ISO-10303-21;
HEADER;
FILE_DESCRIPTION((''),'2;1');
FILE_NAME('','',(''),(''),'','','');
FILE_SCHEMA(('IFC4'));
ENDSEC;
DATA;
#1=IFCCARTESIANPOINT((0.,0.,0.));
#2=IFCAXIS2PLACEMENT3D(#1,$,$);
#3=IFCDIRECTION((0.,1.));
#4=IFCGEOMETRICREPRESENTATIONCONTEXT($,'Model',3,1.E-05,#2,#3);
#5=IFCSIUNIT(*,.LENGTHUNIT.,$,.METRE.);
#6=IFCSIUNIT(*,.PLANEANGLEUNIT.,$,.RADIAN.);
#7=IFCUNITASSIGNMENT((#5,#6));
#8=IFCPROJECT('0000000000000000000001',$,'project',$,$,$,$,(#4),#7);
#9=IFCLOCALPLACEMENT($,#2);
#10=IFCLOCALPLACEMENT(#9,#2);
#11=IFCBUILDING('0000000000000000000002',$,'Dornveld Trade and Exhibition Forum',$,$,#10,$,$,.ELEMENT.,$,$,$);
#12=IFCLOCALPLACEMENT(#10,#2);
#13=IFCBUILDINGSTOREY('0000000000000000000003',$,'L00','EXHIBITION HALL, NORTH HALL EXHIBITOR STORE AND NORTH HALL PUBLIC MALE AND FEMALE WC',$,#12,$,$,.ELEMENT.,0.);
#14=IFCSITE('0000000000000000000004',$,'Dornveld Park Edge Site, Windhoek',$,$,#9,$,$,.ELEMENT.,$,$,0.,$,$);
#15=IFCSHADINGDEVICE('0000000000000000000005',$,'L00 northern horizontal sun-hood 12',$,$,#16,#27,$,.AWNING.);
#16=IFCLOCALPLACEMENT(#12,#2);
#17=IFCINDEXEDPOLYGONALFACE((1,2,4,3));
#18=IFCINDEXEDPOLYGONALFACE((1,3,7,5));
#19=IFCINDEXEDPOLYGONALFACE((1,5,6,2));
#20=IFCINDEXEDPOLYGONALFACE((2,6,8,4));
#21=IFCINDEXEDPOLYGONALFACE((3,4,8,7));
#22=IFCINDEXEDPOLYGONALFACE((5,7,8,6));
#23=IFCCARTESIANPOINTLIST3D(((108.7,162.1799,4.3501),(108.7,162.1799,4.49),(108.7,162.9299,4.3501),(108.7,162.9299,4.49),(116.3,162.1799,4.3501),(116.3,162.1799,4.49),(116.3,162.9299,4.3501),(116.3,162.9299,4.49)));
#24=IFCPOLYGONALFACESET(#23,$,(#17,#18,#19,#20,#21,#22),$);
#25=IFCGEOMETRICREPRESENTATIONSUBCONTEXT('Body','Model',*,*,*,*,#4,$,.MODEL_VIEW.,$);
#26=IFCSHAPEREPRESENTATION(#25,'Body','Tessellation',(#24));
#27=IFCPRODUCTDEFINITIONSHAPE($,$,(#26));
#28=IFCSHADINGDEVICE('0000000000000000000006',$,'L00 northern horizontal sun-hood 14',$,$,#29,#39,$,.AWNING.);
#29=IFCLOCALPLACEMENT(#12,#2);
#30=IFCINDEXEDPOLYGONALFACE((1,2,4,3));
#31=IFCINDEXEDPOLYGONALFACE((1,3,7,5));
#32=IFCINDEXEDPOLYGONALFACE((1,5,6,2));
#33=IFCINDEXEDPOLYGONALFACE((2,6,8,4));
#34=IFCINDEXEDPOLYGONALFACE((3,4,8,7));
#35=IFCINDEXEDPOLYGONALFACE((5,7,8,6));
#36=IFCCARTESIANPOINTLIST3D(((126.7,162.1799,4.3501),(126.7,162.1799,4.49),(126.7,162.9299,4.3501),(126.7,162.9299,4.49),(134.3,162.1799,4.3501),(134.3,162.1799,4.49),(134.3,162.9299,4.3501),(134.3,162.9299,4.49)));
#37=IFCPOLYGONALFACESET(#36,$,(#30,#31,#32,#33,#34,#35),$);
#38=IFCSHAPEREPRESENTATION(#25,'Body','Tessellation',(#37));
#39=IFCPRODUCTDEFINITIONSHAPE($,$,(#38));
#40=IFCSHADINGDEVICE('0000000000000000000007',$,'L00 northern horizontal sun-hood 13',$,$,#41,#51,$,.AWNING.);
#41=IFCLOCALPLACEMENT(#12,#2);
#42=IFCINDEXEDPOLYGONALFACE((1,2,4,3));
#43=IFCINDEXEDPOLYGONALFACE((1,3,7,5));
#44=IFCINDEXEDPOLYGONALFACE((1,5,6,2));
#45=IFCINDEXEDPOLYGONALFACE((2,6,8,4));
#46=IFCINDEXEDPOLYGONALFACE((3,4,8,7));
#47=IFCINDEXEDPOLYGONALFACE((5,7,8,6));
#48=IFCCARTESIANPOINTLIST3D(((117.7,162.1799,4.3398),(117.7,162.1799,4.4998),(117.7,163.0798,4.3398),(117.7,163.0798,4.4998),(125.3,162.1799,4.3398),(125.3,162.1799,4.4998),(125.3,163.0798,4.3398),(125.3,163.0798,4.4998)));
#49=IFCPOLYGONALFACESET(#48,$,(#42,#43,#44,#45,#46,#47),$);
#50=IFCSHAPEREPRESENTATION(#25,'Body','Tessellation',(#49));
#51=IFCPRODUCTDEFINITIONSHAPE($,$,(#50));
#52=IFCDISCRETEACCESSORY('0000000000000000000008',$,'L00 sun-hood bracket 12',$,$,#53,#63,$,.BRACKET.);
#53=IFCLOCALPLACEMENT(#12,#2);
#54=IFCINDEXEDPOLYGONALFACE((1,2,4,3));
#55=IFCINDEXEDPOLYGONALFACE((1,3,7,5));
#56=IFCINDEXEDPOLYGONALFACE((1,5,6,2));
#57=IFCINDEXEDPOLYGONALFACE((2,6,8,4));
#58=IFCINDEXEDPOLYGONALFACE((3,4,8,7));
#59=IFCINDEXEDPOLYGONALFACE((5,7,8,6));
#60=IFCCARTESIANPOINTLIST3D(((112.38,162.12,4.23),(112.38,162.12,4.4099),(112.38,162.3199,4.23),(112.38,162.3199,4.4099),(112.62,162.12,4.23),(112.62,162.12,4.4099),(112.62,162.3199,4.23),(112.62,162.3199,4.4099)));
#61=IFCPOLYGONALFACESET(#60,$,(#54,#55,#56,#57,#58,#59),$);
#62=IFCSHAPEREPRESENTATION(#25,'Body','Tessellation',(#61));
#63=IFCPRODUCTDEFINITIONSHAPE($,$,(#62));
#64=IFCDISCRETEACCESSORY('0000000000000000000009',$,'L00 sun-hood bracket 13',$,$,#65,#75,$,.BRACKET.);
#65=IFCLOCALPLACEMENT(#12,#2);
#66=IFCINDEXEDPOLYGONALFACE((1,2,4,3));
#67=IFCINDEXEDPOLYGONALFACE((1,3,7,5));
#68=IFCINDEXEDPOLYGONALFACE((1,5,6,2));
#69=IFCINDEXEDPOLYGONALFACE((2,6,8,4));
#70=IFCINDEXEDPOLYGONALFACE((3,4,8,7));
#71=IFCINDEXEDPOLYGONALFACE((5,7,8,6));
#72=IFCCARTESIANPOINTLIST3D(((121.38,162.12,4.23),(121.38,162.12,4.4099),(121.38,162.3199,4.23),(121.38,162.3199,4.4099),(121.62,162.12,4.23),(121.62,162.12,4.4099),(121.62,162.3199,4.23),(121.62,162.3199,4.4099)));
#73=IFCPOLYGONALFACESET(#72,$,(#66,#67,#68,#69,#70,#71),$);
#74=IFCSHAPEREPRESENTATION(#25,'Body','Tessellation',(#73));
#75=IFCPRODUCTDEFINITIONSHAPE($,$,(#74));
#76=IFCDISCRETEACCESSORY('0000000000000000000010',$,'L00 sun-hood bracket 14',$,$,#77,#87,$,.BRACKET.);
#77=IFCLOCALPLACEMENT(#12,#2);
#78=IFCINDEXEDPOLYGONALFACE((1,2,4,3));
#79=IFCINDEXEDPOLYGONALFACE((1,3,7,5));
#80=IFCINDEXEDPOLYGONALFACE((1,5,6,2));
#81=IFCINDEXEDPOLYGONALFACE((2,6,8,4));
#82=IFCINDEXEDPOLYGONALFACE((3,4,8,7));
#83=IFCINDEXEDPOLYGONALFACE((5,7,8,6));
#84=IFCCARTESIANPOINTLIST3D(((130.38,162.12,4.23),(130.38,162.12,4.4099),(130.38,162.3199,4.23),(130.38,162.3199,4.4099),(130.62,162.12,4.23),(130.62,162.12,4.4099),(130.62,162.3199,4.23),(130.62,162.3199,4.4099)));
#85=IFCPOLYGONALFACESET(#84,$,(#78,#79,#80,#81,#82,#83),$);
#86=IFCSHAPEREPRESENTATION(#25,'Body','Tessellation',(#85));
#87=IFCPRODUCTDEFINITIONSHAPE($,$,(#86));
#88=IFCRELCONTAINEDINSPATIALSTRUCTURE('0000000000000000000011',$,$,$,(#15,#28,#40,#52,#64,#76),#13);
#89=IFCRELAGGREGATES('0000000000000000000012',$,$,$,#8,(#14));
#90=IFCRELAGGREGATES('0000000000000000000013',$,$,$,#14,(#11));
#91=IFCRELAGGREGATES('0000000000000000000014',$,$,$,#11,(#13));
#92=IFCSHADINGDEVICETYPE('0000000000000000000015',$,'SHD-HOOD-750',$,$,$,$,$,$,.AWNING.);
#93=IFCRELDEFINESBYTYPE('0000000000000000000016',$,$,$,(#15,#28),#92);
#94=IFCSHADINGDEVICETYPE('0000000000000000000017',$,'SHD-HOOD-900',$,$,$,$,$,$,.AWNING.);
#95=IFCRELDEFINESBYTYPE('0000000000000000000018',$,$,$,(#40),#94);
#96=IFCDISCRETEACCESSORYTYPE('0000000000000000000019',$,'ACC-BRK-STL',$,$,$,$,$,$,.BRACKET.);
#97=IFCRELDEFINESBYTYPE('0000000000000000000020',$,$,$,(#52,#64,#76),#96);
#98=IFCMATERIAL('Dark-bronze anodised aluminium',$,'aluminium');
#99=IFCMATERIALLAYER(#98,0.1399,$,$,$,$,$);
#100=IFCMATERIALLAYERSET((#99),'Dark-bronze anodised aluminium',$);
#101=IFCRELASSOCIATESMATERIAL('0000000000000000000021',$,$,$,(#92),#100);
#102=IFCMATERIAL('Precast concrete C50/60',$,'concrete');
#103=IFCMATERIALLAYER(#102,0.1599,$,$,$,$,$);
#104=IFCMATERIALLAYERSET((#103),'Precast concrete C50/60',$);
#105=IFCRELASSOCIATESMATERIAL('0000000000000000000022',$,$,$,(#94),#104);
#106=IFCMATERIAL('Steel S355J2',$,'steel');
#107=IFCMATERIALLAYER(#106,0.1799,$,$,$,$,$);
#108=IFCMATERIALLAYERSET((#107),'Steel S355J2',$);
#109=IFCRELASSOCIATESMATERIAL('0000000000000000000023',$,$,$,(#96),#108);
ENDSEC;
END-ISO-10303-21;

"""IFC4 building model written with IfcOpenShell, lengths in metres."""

from ifc_helpers import new_model, si_unit, direction, frame, origin, origin_2d, place, context, subcontext, project, spatial, rectangle, extrude, material, layer, layer_set, type_object, element, save


model = new_model("IFC4")

# Units and contexts
model_context = context("Model", 3, precision=1e-05, world=origin(), true_north=direction((0.0, 1.0)))
body_context = subcontext(model_context, "Body", "Model", "MODEL_VIEW")
ifc_project = project(units=[si_unit("LENGTHUNIT", "METRE"), si_unit("PLANEANGLEUNIT", "RADIAN")], contexts=[model_context])

# Site, building, storey
site_placement = place(None, origin())
site = spatial("IfcSite", under=ifc_project, at=site_placement, Name="Dornveld Park Edge Site, Windhoek", CompositionType="ELEMENT", RefElevation=0.0)
building_placement = place(site_placement, origin())
building = spatial("IfcBuilding", under=site, at=building_placement, Name="Dornveld Trade and Exhibition Forum", CompositionType="ELEMENT")
storey_placement = place(building_placement, origin())
storey = spatial("IfcBuildingStorey", under=building, at=storey_placement, Name="L00", Description="EXHIBITION HALL, NORTH HALL EXHIBITOR STORE AND NORTH HALL PUBLIC MALE AND FEMALE WC", CompositionType="ELEMENT", Elevation=0.0)

# Shading devices
ifc_material_1 = material(Name="Dark-bronze anodised aluminium", Category="aluminium")
ifc_layer_1 = layer(ifc_material_1, 0.1399)
ifc_layer_set_1 = layer_set([ifc_layer_1], Name="Dark-bronze anodised aluminium")
shading_device_type_1 = type_object("IfcShadingDeviceType", Name="SHD-HOOD-750", PredefinedType="AWNING", material=ifc_layer_set_1)
for number, where, z_axis, x_axis, name in (
    (1, (112.5, 162.5549, 4.3501), (0.0, 0.0, 1.0), (-1.0, 0.0, 0.0), "L00 northern horizontal sun-hood 12"),
    (2, (130.5, 162.5549, 4.3501), (0.0, 0.0, 1.0), (-1.0, 0.0, 0.0), "L00 northern horizontal sun-hood 14"),
):
    element("IfcShadingDevice", number, at=place(storey_placement, frame(where, z_axis=z_axis, x_axis=x_axis)), inside=storey, type_object=shading_device_type_1, Name=name, PredefinedType="AWNING", context=body_context, shape_type="SweptSolid", body=[
        extrude(rectangle(XDim=7.6001, YDim=0.75, at=origin_2d()), origin(), (0.0, 0.0, 1.0), 0.1399),
    ])
ifc_material_2 = material(Name="Precast concrete C50/60", Category="concrete")
ifc_layer_2 = layer(ifc_material_2, 0.1599)
ifc_layer_set_2 = layer_set([ifc_layer_2], Name="Precast concrete C50/60")
shading_device_type_2 = type_object("IfcShadingDeviceType", Name="SHD-HOOD-900", PredefinedType="AWNING", material=ifc_layer_set_2)
shading_device_placement = place(storey_placement, frame((121.5, 162.6299, 4.3398), z_axis=(0.0, 0.0, 1.0), x_axis=(-1.0, 0.0, 0.0)))
element("IfcShadingDevice", 3, at=shading_device_placement, inside=storey, type_object=shading_device_type_2, Name="L00 northern horizontal sun-hood 13", PredefinedType="AWNING", context=body_context, shape_type="SweptSolid", body=[
    extrude(rectangle(XDim=7.6001, YDim=0.8999, at=origin_2d()), origin(), (0.0, 0.0, 1.0), 0.1599),
])

# Discrete accessories
ifc_material_3 = material(Name="Steel S355J2", Category="steel")
ifc_layer_3 = layer(ifc_material_3, 0.1799)
ifc_layer_set_3 = layer_set([ifc_layer_3], Name="Steel S355J2")
discrete_accessory_type = type_object("IfcDiscreteAccessoryType", Name="ACC-BRK-STL", PredefinedType="BRACKET", material=ifc_layer_set_3)
for number, where, z_axis, x_axis, name in (
    (4, (112.5, 162.22, 4.23), (0.0, 0.0, 1.0), (-1.0, 0.0, 0.0), "L00 sun-hood bracket 12"),
    (5, (121.5, 162.22, 4.23), (0.0, 0.0, 1.0), (-1.0, 0.0, 0.0), "L00 sun-hood bracket 13"),
    (6, (130.5, 162.22, 4.23), (0.0, 0.0, 1.0), (-1.0, 0.0, 0.0), "L00 sun-hood bracket 14"),
):
    element("IfcDiscreteAccessory", number, at=place(storey_placement, frame(where, z_axis=z_axis, x_axis=x_axis)), inside=storey, type_object=discrete_accessory_type, Name=name, PredefinedType="BRACKET", context=body_context, shape_type="SweptSolid", body=[
        extrude(rectangle(XDim=0.24, YDim=0.2, at=origin_2d()), origin(), (0.0, 0.0, 1.0), 0.1799),
    ])

save(model, "model.ifc")
